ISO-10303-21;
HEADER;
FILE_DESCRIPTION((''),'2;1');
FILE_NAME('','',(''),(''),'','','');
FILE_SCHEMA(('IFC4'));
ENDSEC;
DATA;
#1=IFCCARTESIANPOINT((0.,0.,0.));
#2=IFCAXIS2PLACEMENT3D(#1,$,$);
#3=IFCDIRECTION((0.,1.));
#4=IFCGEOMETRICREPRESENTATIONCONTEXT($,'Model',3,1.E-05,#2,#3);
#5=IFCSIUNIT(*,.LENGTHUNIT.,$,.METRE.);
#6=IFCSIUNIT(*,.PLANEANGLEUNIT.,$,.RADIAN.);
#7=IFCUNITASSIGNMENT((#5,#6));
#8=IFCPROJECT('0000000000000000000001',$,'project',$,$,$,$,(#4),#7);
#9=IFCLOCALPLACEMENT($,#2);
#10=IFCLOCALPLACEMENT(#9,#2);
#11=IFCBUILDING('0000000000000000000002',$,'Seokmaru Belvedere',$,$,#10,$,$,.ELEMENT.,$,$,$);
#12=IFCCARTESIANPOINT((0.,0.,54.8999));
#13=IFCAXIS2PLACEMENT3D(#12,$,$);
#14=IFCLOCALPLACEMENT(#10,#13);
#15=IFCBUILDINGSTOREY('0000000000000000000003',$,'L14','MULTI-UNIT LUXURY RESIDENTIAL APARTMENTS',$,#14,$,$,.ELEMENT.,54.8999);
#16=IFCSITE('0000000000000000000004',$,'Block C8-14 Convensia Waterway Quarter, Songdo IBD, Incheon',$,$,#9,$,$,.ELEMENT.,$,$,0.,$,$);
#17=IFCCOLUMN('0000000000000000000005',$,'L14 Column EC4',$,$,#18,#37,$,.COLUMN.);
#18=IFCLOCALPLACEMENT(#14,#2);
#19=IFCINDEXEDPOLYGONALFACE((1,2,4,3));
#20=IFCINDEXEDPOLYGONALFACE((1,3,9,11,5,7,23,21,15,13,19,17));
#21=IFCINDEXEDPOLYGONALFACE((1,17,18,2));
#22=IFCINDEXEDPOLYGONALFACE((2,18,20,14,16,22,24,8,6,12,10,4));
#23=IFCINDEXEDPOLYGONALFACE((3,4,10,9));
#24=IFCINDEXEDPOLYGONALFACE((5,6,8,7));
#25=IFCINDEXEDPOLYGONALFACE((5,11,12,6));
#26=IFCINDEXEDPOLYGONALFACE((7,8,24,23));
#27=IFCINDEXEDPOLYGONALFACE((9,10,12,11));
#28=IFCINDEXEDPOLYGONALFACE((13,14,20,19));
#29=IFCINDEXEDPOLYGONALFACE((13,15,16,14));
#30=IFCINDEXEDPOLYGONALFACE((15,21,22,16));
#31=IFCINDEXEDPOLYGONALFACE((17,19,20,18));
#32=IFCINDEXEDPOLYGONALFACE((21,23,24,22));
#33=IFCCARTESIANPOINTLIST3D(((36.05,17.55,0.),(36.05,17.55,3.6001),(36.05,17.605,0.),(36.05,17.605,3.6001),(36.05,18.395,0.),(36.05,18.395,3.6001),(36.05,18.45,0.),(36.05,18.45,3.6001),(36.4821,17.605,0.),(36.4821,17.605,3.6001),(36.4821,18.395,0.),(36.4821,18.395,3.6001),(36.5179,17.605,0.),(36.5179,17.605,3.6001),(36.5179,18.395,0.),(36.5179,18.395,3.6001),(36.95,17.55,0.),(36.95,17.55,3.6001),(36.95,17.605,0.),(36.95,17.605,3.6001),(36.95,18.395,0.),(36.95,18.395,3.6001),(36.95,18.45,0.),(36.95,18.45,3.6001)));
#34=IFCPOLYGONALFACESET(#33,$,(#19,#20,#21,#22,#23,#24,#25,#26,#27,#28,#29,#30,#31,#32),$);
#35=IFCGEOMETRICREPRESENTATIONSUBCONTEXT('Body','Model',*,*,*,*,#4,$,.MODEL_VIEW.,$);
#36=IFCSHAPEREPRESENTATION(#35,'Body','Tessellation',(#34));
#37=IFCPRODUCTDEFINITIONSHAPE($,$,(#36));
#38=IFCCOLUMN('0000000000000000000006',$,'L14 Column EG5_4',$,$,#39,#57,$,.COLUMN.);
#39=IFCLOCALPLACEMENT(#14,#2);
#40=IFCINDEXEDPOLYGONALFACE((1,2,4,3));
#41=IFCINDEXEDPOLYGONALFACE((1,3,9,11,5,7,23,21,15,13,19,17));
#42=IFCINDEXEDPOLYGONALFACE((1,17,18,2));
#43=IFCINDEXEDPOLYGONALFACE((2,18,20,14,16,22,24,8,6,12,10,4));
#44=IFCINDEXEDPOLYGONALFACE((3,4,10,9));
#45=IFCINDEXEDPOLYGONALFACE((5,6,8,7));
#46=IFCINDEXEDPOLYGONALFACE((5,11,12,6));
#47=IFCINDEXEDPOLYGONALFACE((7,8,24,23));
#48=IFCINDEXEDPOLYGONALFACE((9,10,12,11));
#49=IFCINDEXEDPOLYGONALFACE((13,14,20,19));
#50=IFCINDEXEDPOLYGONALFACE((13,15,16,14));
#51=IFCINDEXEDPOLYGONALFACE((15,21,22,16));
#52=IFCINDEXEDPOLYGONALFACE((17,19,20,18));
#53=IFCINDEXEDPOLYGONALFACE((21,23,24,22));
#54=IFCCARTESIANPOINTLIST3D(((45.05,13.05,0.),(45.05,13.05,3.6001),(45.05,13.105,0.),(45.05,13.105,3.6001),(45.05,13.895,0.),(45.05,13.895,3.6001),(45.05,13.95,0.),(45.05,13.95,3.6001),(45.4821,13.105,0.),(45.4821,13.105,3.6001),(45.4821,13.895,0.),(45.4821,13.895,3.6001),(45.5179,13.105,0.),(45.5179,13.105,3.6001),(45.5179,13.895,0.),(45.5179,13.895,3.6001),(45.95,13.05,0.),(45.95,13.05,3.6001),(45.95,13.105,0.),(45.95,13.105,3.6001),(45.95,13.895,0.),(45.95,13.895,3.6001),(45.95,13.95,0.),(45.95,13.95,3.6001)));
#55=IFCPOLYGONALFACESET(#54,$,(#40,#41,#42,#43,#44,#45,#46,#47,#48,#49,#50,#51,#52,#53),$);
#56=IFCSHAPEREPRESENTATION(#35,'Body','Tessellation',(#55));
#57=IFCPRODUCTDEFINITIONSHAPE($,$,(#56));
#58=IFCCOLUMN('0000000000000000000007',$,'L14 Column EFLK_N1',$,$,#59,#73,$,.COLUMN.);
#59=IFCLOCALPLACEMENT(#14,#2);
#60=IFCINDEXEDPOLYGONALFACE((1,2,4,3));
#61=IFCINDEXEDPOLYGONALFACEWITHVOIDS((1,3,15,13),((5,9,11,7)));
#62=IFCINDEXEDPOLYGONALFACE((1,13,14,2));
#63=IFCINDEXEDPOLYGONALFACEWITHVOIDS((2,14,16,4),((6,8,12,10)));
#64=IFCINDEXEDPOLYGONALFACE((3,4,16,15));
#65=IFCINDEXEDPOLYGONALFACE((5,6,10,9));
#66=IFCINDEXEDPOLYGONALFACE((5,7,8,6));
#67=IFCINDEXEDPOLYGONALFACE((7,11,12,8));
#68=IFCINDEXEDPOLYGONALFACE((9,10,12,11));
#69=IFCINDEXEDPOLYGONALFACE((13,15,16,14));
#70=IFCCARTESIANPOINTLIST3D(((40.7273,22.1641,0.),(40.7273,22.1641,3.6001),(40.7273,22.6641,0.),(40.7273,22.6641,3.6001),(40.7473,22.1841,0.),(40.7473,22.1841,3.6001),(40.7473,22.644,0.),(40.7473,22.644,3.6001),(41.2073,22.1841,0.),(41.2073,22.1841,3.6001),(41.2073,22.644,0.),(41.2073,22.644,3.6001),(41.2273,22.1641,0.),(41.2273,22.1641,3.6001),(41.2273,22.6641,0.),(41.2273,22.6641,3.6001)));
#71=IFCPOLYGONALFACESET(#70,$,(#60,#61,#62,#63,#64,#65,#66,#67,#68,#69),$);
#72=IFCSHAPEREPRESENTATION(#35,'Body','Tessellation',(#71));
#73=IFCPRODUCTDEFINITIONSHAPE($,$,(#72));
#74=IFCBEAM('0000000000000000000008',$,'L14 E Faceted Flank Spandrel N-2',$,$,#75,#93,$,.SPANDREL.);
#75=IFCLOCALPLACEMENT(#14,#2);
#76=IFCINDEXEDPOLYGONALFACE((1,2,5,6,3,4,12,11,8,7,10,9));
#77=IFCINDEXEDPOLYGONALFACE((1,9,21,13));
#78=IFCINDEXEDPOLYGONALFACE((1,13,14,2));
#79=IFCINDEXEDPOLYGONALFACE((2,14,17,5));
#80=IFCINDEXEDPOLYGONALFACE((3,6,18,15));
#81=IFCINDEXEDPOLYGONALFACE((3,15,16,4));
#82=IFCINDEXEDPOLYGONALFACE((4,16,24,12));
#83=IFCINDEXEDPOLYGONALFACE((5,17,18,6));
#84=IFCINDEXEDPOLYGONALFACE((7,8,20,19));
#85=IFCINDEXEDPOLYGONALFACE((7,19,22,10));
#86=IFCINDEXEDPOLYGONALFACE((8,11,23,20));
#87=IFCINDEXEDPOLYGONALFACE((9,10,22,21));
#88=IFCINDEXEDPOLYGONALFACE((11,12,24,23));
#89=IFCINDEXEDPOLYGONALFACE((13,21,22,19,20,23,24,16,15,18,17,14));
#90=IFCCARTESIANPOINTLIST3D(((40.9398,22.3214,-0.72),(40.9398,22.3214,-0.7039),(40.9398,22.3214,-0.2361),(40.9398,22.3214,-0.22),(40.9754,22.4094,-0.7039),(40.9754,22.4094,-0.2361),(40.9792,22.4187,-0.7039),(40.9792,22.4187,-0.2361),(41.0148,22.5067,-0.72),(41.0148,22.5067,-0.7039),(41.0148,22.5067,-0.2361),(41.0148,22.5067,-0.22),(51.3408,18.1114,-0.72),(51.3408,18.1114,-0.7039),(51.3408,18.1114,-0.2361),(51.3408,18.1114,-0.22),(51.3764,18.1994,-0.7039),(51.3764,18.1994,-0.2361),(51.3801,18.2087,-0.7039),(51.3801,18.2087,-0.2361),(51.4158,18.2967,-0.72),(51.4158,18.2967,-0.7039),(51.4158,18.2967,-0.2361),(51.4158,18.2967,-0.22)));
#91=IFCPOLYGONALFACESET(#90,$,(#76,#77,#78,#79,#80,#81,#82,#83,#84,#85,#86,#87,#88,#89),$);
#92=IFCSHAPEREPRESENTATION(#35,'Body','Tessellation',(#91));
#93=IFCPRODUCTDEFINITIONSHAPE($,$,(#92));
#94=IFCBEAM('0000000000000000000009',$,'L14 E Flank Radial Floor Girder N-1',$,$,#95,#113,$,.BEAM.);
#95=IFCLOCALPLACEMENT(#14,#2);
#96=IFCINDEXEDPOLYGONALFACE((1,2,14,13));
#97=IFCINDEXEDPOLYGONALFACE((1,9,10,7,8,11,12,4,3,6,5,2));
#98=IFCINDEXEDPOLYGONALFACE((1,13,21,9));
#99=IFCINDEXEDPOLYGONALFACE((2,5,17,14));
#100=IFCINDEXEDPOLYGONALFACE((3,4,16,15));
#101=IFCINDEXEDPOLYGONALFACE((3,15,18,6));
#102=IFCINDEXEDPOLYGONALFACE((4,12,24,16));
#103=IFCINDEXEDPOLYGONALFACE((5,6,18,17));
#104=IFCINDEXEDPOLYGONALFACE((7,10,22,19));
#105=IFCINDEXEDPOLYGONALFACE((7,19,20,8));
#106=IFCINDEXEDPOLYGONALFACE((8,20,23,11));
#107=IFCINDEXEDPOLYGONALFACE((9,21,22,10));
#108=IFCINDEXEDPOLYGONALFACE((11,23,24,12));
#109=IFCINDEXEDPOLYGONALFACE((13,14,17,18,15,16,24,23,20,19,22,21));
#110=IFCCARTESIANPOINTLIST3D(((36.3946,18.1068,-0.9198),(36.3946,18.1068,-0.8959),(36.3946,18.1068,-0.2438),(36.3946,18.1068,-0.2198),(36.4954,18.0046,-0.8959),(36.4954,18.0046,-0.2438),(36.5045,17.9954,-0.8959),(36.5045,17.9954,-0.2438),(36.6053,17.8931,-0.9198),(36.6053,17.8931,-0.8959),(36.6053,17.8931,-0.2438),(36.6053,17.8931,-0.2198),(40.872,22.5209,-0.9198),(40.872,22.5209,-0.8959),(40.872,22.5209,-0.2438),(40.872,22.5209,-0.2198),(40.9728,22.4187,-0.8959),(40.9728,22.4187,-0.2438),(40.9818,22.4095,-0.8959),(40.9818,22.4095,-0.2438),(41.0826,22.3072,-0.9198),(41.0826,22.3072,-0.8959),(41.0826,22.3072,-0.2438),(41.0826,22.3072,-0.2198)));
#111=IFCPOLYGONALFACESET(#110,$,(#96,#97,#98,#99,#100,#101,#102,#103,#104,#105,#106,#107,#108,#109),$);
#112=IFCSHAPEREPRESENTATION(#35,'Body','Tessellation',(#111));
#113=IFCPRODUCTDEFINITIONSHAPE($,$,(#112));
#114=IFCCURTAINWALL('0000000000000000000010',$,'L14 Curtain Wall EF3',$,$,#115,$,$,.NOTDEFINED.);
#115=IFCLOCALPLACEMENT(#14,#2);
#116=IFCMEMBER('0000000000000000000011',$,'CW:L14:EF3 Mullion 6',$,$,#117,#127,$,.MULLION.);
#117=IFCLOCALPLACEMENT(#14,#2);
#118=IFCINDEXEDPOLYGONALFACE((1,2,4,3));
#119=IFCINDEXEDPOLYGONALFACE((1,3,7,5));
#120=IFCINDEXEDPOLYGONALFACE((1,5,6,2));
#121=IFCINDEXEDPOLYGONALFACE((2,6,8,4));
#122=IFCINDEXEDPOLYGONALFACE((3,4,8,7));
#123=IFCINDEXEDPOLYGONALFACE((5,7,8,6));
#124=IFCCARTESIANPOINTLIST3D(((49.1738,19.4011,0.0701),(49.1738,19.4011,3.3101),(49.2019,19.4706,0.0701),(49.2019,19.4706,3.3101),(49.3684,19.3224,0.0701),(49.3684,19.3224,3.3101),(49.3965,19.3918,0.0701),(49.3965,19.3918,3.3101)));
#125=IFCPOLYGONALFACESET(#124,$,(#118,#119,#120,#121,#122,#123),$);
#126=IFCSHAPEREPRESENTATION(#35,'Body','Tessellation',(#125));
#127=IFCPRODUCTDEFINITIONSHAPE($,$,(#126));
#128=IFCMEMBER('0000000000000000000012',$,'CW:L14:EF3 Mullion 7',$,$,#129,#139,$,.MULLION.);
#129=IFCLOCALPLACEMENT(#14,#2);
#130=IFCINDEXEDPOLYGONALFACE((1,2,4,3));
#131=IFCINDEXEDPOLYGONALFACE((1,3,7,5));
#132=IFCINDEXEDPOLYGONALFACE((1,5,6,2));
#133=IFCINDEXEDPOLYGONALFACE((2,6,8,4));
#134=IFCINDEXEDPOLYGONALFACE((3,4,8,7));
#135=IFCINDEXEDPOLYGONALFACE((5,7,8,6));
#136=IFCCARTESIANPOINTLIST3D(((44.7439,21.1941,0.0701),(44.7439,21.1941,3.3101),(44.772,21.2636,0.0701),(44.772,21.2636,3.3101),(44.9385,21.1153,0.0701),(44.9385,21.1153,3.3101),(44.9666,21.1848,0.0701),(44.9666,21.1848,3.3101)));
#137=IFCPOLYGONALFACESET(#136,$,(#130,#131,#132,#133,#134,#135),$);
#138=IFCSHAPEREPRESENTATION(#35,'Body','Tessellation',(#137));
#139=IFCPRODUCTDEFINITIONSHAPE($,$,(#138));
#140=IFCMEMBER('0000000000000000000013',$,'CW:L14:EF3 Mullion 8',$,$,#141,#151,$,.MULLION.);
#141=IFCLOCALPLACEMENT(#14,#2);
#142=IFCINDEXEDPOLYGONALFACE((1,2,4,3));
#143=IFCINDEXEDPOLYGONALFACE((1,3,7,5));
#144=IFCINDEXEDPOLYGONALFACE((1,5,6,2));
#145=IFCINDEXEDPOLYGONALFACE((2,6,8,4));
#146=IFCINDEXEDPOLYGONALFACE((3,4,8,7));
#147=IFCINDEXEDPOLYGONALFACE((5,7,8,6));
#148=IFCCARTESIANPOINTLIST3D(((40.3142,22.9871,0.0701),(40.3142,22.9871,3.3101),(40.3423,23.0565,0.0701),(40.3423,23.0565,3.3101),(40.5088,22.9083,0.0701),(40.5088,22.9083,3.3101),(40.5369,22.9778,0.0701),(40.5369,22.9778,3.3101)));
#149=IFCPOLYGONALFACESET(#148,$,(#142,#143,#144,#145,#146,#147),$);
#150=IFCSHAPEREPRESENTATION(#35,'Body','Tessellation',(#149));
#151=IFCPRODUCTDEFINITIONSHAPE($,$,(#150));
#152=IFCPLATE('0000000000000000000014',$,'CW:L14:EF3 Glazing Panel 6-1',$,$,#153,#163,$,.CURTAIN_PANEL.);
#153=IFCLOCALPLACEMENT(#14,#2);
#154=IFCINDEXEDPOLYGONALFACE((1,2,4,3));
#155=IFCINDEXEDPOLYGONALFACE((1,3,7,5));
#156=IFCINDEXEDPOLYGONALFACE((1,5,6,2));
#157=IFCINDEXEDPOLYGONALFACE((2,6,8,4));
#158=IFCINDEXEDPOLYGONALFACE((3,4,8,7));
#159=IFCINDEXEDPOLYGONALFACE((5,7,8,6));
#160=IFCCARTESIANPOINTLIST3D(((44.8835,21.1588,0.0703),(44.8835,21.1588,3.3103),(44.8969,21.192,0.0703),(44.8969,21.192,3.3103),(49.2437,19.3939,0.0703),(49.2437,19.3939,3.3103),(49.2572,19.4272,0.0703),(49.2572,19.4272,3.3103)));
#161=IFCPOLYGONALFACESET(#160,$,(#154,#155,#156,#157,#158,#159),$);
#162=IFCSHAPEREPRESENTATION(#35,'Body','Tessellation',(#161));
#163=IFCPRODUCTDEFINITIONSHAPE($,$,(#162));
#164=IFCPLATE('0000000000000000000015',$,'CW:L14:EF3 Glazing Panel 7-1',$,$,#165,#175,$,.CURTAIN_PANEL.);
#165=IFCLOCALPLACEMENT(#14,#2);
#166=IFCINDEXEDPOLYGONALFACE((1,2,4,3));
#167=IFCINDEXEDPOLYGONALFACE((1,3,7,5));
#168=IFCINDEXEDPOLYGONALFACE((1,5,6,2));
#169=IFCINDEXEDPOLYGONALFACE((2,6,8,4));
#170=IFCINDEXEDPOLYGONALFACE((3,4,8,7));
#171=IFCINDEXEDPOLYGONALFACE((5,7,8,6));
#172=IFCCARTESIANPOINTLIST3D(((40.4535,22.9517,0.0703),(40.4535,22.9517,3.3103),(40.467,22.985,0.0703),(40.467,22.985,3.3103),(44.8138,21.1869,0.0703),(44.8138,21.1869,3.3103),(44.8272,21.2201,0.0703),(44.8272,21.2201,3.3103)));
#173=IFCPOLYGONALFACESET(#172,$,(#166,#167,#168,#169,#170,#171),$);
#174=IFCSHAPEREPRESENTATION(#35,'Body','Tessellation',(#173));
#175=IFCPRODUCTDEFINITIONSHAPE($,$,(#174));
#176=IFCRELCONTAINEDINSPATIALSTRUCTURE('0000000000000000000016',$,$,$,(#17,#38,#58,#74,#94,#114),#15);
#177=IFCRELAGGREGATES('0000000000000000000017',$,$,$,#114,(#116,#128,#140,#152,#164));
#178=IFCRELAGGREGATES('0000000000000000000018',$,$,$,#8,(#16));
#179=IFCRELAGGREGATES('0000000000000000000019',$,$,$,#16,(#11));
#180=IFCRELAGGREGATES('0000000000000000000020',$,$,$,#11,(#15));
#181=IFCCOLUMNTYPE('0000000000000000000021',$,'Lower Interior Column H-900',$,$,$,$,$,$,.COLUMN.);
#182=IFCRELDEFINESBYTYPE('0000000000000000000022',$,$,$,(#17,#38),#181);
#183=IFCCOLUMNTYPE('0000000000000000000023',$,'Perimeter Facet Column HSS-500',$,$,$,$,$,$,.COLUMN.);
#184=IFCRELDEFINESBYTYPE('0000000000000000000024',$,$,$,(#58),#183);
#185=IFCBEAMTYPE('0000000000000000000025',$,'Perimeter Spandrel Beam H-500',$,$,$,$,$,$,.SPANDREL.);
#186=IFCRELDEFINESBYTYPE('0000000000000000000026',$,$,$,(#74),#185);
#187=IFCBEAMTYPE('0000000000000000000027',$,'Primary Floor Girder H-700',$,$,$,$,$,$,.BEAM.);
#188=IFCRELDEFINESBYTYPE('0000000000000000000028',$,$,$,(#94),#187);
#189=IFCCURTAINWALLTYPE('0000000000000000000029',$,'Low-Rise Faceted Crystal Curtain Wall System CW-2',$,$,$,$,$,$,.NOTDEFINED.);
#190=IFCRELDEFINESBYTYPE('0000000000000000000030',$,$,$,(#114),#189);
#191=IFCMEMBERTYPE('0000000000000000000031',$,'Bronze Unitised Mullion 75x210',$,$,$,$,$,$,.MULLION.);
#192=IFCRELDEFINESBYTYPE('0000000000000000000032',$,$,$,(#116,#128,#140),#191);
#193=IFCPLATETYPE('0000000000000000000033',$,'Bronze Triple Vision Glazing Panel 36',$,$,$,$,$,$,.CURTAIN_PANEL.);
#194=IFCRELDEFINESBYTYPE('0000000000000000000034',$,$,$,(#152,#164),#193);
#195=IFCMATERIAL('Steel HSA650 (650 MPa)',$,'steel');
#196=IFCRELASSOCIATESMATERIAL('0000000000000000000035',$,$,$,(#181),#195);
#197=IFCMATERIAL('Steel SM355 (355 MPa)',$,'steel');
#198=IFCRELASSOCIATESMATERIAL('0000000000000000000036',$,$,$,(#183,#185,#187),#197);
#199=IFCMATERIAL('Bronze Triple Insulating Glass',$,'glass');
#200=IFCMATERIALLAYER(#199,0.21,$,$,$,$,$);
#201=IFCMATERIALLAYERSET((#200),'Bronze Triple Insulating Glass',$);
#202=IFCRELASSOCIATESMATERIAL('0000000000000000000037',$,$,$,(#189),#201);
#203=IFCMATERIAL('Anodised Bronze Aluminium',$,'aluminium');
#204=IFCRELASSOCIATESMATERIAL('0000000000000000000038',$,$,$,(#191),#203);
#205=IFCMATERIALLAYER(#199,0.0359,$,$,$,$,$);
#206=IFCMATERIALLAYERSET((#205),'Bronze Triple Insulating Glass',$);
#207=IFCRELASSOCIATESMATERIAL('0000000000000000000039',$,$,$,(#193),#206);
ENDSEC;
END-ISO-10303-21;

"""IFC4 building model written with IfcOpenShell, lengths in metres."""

from ifc_helpers import new_model, si_unit, direction, frame, origin, origin_2d, place, context, subcontext, project, spatial, rectangle, hollow_rectangle, i_section, extrude, source, transform, mapped, material, layer, layer_set, material_profile, profile_set, type_object, type_shapes, element, aggregate, save


model = new_model("IFC4")

# Units and contexts
model_context = context("Model", 3, precision=1e-05, world=origin(), true_north=direction((0.0, 1.0)))
body_context = subcontext(model_context, "Body", "Model", "MODEL_VIEW")
ifc_project = project(units=[si_unit("LENGTHUNIT", "METRE"), si_unit("PLANEANGLEUNIT", "RADIAN")], contexts=[model_context])

# Site, building, storey
site_placement = place(None, origin())
site = spatial("IfcSite", under=ifc_project, at=site_placement, Name="Block C8-14 Convensia Waterway Quarter, Songdo IBD, Incheon", CompositionType="ELEMENT", RefElevation=0.0)
building_placement = place(site_placement, origin())
building = spatial("IfcBuilding", under=site, at=building_placement, Name="Seokmaru Belvedere", CompositionType="ELEMENT")
storey_placement = place(building_placement, frame((0.0, 0.0, 54.8999)))
storey = spatial("IfcBuildingStorey", under=building, at=storey_placement, Name="L14", Description="MULTI-UNIT LUXURY RESIDENTIAL APARTMENTS", CompositionType="ELEMENT", Elevation=54.8999)

# Columns
ifc_material_1 = material(Name="Steel HSA650 (650 MPa)", Category="steel")
ifc_material_profile_1 = material_profile(ifc_material_1, i_section(OverallWidth=0.8999, OverallDepth=0.8999, WebThickness=0.0359, FlangeThickness=0.0549, at=origin_2d()), Name="H-900x900x36x55")
ifc_profile_set_1 = profile_set([ifc_material_profile_1], Name="Steel HSA650 (650 MPa)")
column_type_1 = type_object("IfcColumnType", Name="Lower Interior Column H-900", PredefinedType="COLUMN", material=ifc_profile_set_1)
shared_shape_1 = source(origin(), body_context, "Body", "SweptSolid", [
    extrude(i_section(OverallWidth=0.8999, OverallDepth=0.8999, WebThickness=0.0359, FlangeThickness=0.0549, at=origin_2d()), origin(), (0.0, 0.0, 1.0), 3.6001),
])
type_shapes(column_type_1, [shared_shape_1])
for number, where, z_axis, x_axis, name in (
    (1, (36.5, 18.0, 0.0), (0.0, 0.0, 1.0), (1.0, 0.0, 0.0), "L14 Column EC4"),
    (2, (45.5, 13.5, 0.0), (0.0, 0.0, 1.0), (1.0, 0.0, 0.0), "L14 Column EG5_4"),
):
    element("IfcColumn", number, at=place(storey_placement, frame(where, z_axis=z_axis, x_axis=x_axis)), inside=storey, type_object=column_type_1, Name=name, PredefinedType="COLUMN", context=body_context, shape_type="MappedRepresentation", body=[
        mapped(shared_shape_1, transform((0.0, 0.0, 0.0), scale=1.0)),
    ])
ifc_material_2 = material(Name="Steel SM355 (355 MPa)", Category="steel")
ifc_material_profile_2 = material_profile(ifc_material_2, hollow_rectangle(XDim=0.5, YDim=0.5, WallThickness=0.02, at=origin_2d()), Name="HSS-500x500x20")
ifc_profile_set_2 = profile_set([ifc_material_profile_2], Name="Steel SM355 (355 MPa)")
column_type_2 = type_object("IfcColumnType", Name="Perimeter Facet Column HSS-500", PredefinedType="COLUMN", material=ifc_profile_set_2)
shared_shape_2 = source(origin(), body_context, "Body", "SweptSolid", [
    extrude(hollow_rectangle(XDim=0.5, YDim=0.5, WallThickness=0.02, at=origin_2d()), origin(), (0.0, 0.0, 1.0), 3.6001),
])
type_shapes(column_type_2, [shared_shape_2])
column_placement = place(storey_placement, frame((40.9773, 22.4141, 0.0), z_axis=(0.0, 0.0, 1.0), x_axis=(1.0, 0.0, 0.0)))
element("IfcColumn", 3, at=column_placement, inside=storey, type_object=column_type_2, Name="L14 Column EFLK_N1", PredefinedType="COLUMN", context=body_context, shape_type="MappedRepresentation", body=[
    mapped(shared_shape_2, transform((0.0, 0.0, 0.0), scale=1.0)),
])

# Beams
ifc_material_profile_3 = material_profile(ifc_material_2, i_section(OverallWidth=0.2, OverallDepth=0.5, WebThickness=0.01, FlangeThickness=0.0161, at=origin_2d()), Name="H-500x200x10x16")
ifc_profile_set_3 = profile_set([ifc_material_profile_3], Name="Steel SM355 (355 MPa)")
beam_type_1 = type_object("IfcBeamType", Name="Perimeter Spandrel Beam H-500", PredefinedType="SPANDREL", material=ifc_profile_set_3)
shared_shape_3 = source(origin(), body_context, "Body", "SweptSolid", [
    extrude(i_section(OverallWidth=0.2, OverallDepth=0.5, WebThickness=0.01, FlangeThickness=0.0161, at=origin_2d()), origin(), (0.0, 0.0, 1.0), 11.2207),
])
type_shapes(beam_type_1, [shared_shape_3])
beam_1_placement = place(storey_placement, frame((40.9773, 22.4141, -0.47), z_axis=(0.926944, -0.375199, 0.0), x_axis=(0.375199, 0.926944, 0.0)))
element("IfcBeam", 4, at=beam_1_placement, inside=storey, type_object=beam_type_1, Name="L14 E Faceted Flank Spandrel N-2", PredefinedType="SPANDREL", context=body_context, shape_type="MappedRepresentation", body=[
    mapped(shared_shape_3, transform((0.0, 0.0, 0.0), scale=1.0)),
])
ifc_material_profile_4 = material_profile(ifc_material_2, i_section(OverallWidth=0.3, OverallDepth=0.7, WebThickness=0.0129, FlangeThickness=0.0239, at=origin_2d()), Name="H-700x300x13x24")
ifc_profile_set_4 = profile_set([ifc_material_profile_4], Name="Steel SM355 (355 MPa)")
beam_type_2 = type_object("IfcBeamType", Name="Primary Floor Girder H-700", PredefinedType="BEAM", material=ifc_profile_set_4)
shared_shape_4 = source(origin(), body_context, "Body", "SweptSolid", [
    extrude(i_section(OverallWidth=0.3, OverallDepth=0.7, WebThickness=0.0129, FlangeThickness=0.0239, at=origin_2d()), origin(), (0.0, 0.0, 1.0), 6.2874),
])
type_shapes(beam_type_2, [shared_shape_4])
beam_2_placement = place(storey_placement, frame((40.9773, 22.4141, -0.5698), z_axis=(-0.712117, -0.70206, 0.0), x_axis=(0.70206, -0.712117, 0.0)))
element("IfcBeam", 5, at=beam_2_placement, inside=storey, type_object=beam_type_2, Name="L14 E Flank Radial Floor Girder N-1", PredefinedType="BEAM", context=body_context, shape_type="MappedRepresentation", body=[
    mapped(shared_shape_4, transform((0.0, 0.0, 0.0), scale=1.0)),
])

# Curtain wall, members, plates
ifc_material_3 = material(Name="Bronze Triple Insulating Glass", Category="glass")
ifc_layer_1 = layer(ifc_material_3, 0.21)
ifc_layer_set_1 = layer_set([ifc_layer_1], Name="Bronze Triple Insulating Glass")
curtain_wall_type = type_object("IfcCurtainWallType", Name="Low-Rise Faceted Crystal Curtain Wall System CW-2", PredefinedType="NOTDEFINED", material=ifc_layer_set_1)
curtain_wall_placement = place(storey_placement, origin())
curtain_wall = element("IfcCurtainWall", 6, at=curtain_wall_placement, inside=storey, type_object=curtain_wall_type, Name="L14 Curtain Wall EF3", PredefinedType="NOTDEFINED")
ifc_material_4 = material(Name="Anodised Bronze Aluminium", Category="aluminium")
ifc_material_profile_5 = material_profile(ifc_material_4, rectangle(XDim=0.075, YDim=0.21, at=origin_2d()), Name="CW-M-75x210")
ifc_profile_set_5 = profile_set([ifc_material_profile_5], Name="Anodised Bronze Aluminium")
member_type = type_object("IfcMemberType", Name="Bronze Unitised Mullion 75x210", PredefinedType="MULLION", material=ifc_profile_set_5)
shared_shape_5 = source(origin(), body_context, "Body", "SweptSolid", [
    extrude(rectangle(XDim=0.075, YDim=0.21, at=origin_2d()), origin(), (0.0, 0.0, 1.0), 3.24),
])
type_shapes(member_type, [shared_shape_5])
member_1_placement = place(storey_placement, frame((49.2852, 19.3965, 0.0701), z_axis=(0.0, 0.0, 1.0), x_axis=(-0.375192, -0.926947, 0.0)))
member_1 = element("IfcMember", 7, at=member_1_placement, type_object=member_type, Name="CW:L14:EF3 Mullion 6", PredefinedType="MULLION", context=body_context, shape_type="MappedRepresentation", body=[
    mapped(shared_shape_5, transform((0.0, 0.0, 0.0), scale=1.0)),
])
member_2_placement = place(storey_placement, frame((44.8552, 21.1895, 0.0701), z_axis=(0.0, 0.0, 1.0), x_axis=(-0.375192, -0.926947, 0.0)))
member_2 = element("IfcMember", 8, at=member_2_placement, type_object=member_type, Name="CW:L14:EF3 Mullion 7", PredefinedType="MULLION", context=body_context, shape_type="MappedRepresentation", body=[
    mapped(shared_shape_5, transform((0.0, 0.0, 0.0), scale=1.0)),
])
member_3_placement = place(storey_placement, frame((40.4255, 22.9824, 0.0701), z_axis=(0.0, 0.0, 1.0), x_axis=(-0.375192, -0.926947, 0.0)))
member_3 = element("IfcMember", 9, at=member_3_placement, type_object=member_type, Name="CW:L14:EF3 Mullion 8", PredefinedType="MULLION", context=body_context, shape_type="MappedRepresentation", body=[
    mapped(shared_shape_5, transform((0.0, 0.0, 0.0), scale=1.0)),
])
ifc_layer_2 = layer(ifc_material_3, 0.0359)
ifc_layer_set_2 = layer_set([ifc_layer_2], Name="Bronze Triple Insulating Glass")
plate_type = type_object("IfcPlateType", Name="Bronze Triple Vision Glazing Panel 36", PredefinedType="CURTAIN_PANEL", material=ifc_layer_set_2)
shared_shape_6 = source(origin(), body_context, "Body", "SweptSolid", [
    extrude(rectangle(XDim=4.7039, YDim=0.0359, at=origin_2d()), origin(), (0.0, 0.0, 1.0), 3.24),
])
type_shapes(plate_type, [shared_shape_6])
plate_1_placement = place(storey_placement, frame((47.0703, 20.293, 0.0703), z_axis=(0.0, 0.0, 1.0), x_axis=(-0.926947, 0.375192, 0.0)))
plate_1 = element("IfcPlate", 10, at=plate_1_placement, type_object=plate_type, Name="CW:L14:EF3 Glazing Panel 6-1", PredefinedType="CURTAIN_PANEL", context=body_context, shape_type="MappedRepresentation", body=[
    mapped(shared_shape_6, transform((0.0, 0.0, 0.0), scale=1.0)),
])
plate_2_placement = place(storey_placement, frame((42.6404, 22.0859, 0.0703), z_axis=(0.0, 0.0, 1.0), x_axis=(-0.926947, 0.375192, 0.0)))
plate_2 = element("IfcPlate", 11, at=plate_2_placement, type_object=plate_type, Name="CW:L14:EF3 Glazing Panel 7-1", PredefinedType="CURTAIN_PANEL", context=body_context, shape_type="MappedRepresentation", body=[
    mapped(shared_shape_6, transform((0.0, 0.0, 0.0), scale=1.0)),
])
aggregate(curtain_wall, [member_1, member_2, member_3, plate_1, plate_2])

save(model, "model.ifc")
